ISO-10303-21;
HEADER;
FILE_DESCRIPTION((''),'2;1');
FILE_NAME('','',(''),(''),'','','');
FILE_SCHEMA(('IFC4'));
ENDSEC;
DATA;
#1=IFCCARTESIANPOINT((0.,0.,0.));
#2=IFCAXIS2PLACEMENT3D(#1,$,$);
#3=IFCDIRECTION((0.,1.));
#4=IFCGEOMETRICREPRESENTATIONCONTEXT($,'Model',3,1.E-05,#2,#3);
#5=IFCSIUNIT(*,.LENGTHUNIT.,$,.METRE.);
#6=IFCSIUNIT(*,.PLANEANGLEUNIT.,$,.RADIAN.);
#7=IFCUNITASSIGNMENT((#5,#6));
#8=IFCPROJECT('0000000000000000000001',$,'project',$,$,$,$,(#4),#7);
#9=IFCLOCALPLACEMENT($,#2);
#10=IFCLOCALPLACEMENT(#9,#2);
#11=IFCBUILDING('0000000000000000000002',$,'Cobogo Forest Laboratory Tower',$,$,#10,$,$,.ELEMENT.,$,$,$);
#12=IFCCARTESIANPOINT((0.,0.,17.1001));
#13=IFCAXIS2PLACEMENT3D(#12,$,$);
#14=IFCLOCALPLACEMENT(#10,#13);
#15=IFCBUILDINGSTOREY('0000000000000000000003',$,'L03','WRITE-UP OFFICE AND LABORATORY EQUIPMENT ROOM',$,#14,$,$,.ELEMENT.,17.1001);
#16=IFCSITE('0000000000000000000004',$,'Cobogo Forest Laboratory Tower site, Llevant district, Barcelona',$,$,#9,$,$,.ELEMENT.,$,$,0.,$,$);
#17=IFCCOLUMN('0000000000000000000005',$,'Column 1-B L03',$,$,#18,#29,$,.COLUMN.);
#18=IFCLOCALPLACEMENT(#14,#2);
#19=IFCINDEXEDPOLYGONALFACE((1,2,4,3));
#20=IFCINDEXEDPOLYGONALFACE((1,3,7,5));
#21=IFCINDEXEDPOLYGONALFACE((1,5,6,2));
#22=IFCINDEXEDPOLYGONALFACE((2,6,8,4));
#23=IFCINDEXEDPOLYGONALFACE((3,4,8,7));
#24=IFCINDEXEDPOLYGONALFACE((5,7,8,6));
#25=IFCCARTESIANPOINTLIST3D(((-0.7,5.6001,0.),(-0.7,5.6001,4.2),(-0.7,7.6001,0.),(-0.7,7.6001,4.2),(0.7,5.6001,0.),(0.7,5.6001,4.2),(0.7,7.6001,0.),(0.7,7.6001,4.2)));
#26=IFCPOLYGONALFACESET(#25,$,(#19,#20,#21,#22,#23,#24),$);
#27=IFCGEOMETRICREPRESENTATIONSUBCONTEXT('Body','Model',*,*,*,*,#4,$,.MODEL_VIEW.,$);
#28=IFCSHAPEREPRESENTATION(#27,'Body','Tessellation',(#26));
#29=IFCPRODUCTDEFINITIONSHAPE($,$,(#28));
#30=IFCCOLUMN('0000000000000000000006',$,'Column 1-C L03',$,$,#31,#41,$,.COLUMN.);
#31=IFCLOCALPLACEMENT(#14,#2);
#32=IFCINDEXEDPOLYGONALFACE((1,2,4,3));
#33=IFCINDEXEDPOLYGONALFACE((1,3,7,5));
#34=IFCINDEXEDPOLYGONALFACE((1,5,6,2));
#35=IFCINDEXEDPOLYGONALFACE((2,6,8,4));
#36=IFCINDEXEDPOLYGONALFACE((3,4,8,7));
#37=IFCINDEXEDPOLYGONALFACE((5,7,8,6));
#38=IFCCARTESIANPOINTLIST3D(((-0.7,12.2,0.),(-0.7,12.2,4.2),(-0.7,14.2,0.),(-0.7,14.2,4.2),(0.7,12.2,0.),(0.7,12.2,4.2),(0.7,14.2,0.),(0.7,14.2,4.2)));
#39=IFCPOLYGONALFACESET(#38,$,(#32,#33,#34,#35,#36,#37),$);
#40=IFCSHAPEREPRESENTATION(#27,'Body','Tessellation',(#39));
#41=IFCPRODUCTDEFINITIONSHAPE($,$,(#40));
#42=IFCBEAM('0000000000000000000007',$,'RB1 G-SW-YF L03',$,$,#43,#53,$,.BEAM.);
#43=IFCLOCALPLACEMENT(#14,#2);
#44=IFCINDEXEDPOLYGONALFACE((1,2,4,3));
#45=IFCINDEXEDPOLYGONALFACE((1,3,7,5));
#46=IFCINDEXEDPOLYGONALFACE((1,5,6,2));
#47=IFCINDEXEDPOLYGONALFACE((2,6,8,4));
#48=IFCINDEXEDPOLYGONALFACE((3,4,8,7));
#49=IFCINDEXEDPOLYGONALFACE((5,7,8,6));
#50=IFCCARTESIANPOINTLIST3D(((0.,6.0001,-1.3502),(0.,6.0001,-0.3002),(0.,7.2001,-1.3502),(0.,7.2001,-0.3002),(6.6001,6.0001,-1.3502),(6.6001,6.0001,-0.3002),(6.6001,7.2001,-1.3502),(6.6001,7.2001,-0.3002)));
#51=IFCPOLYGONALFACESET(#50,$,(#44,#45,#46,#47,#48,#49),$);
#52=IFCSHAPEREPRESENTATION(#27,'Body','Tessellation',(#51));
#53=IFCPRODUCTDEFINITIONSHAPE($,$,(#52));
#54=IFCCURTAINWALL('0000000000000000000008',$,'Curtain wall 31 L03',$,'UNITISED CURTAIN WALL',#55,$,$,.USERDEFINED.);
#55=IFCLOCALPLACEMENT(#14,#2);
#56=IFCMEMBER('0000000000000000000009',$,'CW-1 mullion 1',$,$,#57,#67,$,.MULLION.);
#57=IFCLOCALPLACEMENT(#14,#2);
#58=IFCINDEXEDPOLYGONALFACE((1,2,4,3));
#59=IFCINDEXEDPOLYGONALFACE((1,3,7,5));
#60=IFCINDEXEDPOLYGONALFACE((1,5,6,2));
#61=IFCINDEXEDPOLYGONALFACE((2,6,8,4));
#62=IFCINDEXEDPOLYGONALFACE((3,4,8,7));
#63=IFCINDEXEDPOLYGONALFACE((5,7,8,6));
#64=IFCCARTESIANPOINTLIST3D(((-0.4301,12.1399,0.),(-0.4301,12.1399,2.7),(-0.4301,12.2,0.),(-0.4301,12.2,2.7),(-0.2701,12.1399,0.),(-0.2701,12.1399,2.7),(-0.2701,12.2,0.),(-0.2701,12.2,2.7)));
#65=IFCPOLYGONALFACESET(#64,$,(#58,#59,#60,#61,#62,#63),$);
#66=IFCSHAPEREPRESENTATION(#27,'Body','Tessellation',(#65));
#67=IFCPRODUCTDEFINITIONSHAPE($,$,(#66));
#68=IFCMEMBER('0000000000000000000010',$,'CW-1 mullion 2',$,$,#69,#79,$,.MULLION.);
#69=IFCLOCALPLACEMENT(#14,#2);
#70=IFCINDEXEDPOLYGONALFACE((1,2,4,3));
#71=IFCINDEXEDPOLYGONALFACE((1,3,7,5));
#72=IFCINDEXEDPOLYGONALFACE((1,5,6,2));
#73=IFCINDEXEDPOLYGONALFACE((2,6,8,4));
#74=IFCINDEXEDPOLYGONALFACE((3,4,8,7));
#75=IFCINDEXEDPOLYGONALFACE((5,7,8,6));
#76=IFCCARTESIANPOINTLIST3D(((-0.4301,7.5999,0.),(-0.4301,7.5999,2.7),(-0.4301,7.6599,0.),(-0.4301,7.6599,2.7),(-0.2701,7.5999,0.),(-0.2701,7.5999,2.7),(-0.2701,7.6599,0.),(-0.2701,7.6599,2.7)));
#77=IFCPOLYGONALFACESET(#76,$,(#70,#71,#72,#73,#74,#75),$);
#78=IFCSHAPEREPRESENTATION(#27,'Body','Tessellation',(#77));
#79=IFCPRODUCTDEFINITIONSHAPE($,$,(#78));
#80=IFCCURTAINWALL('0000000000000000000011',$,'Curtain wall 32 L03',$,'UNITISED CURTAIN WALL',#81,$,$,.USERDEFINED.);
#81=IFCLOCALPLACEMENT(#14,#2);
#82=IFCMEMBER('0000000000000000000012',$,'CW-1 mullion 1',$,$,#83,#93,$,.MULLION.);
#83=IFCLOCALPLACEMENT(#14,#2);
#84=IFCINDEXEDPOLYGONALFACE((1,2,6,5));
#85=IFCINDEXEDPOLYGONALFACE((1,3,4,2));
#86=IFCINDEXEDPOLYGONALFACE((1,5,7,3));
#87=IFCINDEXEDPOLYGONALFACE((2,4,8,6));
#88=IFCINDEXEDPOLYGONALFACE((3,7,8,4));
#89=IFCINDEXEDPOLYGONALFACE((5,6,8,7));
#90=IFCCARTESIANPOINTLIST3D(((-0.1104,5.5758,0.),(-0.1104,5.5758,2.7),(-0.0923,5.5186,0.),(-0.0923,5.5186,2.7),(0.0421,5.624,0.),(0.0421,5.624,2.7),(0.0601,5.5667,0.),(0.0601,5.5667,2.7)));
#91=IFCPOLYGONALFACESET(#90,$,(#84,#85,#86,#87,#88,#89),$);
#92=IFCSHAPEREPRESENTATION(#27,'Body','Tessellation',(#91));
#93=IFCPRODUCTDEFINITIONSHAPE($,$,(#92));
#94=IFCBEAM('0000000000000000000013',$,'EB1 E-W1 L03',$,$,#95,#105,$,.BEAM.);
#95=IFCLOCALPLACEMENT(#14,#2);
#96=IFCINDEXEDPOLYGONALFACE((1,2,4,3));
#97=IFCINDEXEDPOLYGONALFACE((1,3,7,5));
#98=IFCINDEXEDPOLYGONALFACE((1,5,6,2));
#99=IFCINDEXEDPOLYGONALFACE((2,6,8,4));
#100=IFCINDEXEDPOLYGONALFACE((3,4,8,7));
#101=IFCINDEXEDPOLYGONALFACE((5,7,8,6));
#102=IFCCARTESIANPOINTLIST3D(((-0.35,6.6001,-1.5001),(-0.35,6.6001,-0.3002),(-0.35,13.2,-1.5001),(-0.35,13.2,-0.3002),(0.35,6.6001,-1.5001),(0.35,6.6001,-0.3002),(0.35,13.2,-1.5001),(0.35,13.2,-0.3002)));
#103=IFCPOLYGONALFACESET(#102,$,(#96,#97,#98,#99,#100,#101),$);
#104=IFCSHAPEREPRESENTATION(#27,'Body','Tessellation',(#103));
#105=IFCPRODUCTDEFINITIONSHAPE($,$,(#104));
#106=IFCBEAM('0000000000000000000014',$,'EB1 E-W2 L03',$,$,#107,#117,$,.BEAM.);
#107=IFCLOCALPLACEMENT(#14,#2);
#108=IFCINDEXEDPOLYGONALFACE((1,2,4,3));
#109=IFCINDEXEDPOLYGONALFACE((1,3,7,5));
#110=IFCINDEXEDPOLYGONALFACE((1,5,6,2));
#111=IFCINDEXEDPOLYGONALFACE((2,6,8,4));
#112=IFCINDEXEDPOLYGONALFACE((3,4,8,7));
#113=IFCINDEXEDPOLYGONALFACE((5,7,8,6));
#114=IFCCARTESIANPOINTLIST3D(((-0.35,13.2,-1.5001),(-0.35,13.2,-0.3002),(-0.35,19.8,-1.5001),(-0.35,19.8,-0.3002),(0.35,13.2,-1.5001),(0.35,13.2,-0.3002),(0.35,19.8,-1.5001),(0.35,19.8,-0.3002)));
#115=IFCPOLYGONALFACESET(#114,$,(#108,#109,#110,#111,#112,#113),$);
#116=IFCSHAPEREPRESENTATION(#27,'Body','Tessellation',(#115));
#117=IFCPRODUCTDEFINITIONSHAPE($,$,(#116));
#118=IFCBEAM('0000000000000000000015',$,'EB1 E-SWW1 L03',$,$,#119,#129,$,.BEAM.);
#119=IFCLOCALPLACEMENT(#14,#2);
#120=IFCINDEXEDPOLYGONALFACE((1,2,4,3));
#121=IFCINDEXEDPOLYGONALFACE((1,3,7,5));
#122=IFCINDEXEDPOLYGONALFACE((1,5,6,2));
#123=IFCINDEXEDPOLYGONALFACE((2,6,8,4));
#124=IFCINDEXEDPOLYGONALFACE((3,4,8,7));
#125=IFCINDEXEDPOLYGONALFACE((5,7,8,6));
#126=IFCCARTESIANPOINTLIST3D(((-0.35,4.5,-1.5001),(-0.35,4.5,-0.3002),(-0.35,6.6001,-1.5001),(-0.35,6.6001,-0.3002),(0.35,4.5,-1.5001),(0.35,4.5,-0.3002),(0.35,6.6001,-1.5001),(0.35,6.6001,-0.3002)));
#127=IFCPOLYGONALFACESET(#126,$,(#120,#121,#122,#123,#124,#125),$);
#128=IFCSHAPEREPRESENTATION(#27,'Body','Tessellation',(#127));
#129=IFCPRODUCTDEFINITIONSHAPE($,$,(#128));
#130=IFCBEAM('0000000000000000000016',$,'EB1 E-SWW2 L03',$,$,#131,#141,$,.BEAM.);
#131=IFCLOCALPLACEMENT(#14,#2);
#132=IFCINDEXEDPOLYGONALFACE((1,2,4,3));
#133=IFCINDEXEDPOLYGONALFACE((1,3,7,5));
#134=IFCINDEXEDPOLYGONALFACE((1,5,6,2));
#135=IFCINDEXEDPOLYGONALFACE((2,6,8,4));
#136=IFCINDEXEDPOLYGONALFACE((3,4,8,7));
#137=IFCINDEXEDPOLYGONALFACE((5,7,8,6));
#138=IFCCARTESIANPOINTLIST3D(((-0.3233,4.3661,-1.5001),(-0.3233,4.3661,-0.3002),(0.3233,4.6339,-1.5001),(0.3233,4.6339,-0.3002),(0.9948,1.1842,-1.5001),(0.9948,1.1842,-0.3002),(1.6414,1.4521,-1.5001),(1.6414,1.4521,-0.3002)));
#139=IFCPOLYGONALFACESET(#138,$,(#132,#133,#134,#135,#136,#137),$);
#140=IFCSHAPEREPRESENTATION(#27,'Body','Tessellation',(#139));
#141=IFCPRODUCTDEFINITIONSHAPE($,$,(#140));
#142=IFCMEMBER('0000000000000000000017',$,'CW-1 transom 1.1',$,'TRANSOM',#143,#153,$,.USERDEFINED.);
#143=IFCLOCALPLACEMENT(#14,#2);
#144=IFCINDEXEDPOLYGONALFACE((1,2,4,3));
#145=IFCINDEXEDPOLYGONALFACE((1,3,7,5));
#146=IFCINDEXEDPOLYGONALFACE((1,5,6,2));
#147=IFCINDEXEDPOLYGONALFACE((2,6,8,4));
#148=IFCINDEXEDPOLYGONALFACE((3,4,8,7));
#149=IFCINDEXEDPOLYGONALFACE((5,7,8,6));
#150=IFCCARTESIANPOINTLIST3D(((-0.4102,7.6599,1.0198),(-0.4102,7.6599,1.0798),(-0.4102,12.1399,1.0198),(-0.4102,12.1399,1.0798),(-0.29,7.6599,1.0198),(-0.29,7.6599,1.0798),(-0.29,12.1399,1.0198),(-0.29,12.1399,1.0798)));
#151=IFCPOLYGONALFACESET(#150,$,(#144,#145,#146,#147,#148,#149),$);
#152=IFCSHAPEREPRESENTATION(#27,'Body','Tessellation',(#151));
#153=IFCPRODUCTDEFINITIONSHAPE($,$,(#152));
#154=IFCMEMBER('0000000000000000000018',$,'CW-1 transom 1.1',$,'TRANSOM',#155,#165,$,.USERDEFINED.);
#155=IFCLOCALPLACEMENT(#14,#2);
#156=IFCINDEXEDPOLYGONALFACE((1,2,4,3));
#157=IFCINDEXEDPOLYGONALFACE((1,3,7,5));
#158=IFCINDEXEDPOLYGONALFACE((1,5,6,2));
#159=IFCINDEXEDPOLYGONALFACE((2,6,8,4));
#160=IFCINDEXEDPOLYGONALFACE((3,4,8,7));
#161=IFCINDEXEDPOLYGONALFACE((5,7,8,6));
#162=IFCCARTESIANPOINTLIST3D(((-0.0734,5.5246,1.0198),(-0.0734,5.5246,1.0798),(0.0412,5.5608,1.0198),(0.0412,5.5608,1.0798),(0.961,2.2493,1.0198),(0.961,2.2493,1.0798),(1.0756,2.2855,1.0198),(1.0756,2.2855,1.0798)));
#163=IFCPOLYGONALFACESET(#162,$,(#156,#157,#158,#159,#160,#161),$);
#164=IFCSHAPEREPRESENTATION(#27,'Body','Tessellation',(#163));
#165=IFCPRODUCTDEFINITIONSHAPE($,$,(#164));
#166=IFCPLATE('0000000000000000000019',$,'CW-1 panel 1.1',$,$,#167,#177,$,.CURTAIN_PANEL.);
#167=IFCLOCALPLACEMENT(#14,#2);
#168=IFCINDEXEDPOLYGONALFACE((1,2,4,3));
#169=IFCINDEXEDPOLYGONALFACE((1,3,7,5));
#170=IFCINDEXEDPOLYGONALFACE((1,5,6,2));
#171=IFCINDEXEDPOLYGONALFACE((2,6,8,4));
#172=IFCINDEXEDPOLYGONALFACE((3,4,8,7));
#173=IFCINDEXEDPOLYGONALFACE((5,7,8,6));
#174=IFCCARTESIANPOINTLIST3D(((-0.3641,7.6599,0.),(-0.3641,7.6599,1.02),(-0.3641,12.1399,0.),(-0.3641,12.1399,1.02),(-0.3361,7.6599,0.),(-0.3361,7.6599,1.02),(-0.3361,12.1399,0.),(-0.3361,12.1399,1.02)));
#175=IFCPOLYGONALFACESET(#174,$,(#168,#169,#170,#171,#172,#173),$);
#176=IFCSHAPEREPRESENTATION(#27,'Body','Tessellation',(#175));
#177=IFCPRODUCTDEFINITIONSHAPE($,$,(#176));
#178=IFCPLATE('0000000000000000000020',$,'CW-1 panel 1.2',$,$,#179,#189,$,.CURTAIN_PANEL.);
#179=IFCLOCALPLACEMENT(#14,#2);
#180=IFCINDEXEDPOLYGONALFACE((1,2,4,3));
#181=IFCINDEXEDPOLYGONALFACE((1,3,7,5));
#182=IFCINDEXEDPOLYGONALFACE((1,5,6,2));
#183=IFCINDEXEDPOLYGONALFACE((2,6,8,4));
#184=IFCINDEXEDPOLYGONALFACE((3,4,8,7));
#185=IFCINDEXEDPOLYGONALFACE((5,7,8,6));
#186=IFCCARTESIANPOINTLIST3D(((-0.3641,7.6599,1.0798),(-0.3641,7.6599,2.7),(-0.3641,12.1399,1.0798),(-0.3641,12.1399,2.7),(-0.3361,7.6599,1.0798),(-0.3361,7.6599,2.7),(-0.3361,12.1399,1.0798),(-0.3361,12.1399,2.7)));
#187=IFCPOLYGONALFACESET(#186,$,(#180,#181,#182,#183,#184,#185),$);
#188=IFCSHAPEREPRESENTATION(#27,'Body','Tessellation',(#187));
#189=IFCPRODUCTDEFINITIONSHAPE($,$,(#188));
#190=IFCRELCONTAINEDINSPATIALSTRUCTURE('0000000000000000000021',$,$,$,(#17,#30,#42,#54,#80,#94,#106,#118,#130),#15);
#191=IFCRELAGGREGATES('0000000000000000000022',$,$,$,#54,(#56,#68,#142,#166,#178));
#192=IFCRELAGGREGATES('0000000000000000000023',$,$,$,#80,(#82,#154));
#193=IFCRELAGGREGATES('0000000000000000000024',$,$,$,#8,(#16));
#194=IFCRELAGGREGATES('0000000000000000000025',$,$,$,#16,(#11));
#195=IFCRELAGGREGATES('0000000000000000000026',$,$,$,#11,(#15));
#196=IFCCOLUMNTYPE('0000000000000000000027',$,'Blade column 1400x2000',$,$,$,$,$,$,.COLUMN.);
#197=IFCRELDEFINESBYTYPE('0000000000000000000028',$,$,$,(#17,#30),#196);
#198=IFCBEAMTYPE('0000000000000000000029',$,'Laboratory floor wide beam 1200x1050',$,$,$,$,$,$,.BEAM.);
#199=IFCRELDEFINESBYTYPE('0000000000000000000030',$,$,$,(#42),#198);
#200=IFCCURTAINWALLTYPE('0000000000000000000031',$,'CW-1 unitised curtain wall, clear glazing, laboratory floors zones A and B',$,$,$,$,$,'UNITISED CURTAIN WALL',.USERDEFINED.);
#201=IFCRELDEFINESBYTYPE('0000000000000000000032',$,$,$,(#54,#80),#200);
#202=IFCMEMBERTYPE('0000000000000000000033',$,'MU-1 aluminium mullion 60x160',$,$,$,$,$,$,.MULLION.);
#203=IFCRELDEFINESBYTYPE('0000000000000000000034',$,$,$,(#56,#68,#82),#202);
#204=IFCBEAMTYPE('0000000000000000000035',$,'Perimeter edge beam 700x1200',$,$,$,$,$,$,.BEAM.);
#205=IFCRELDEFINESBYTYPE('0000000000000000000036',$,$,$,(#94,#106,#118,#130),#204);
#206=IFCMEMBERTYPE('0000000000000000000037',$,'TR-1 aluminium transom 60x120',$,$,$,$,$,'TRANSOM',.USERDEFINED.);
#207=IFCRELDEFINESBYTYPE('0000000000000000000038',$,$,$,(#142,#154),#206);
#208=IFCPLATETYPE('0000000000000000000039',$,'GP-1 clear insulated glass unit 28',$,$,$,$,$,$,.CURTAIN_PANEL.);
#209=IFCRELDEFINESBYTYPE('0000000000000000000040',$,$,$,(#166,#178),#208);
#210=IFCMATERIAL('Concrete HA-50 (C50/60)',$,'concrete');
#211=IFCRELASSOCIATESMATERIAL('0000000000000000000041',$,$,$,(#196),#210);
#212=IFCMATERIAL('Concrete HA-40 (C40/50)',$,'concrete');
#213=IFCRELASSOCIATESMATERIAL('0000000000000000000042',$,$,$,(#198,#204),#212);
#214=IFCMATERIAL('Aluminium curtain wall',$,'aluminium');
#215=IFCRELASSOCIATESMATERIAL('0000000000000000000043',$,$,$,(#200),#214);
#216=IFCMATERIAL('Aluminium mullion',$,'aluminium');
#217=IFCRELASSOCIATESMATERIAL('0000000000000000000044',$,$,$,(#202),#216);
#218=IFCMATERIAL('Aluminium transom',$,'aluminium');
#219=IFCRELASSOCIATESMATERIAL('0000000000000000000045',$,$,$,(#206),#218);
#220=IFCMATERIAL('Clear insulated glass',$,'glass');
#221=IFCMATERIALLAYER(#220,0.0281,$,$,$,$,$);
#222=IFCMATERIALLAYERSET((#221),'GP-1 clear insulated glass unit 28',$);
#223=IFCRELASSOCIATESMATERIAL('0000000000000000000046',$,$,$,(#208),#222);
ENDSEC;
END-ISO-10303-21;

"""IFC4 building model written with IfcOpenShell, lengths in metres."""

from ifc_helpers import new_model, si_unit, direction, frame, origin, origin_2d, place, context, subcontext, project, spatial, rectangle, extrude, material, layer, layer_set, material_profile, profile_set, type_object, element, aggregate, save


model = new_model("IFC4")

# Units and contexts
model_context = context("Model", 3, precision=1e-05, world=origin(), true_north=direction((0.0, 1.0)))
body_context = subcontext(model_context, "Body", "Model", "MODEL_VIEW")
ifc_project = project(units=[si_unit("LENGTHUNIT", "METRE"), si_unit("PLANEANGLEUNIT", "RADIAN")], contexts=[model_context])

# Site, building, storey
site_placement = place(None, origin())
site = spatial("IfcSite", under=ifc_project, at=site_placement, Name="Cobogo Forest Laboratory Tower site, Llevant district, Barcelona", CompositionType="ELEMENT", RefElevation=0.0)
building_placement = place(site_placement, origin())
building = spatial("IfcBuilding", under=site, at=building_placement, Name="Cobogo Forest Laboratory Tower", CompositionType="ELEMENT")
storey_placement = place(building_placement, frame((0.0, 0.0, 17.1001)))
storey = spatial("IfcBuildingStorey", under=building, at=storey_placement, Name="L03", Description="WRITE-UP OFFICE AND LABORATORY EQUIPMENT ROOM", CompositionType="ELEMENT", Elevation=17.1001)

# Columns
ifc_material_1 = material(Name="Concrete HA-50 (C50/60)", Category="concrete")
ifc_material_profile_1 = material_profile(ifc_material_1, rectangle(XDim=2.0, YDim=1.3999, at=origin_2d()), Name="RC 1400x2000")
ifc_profile_set_1 = profile_set([ifc_material_profile_1], Name="Concrete HA-50 (C50/60)")
column_type = type_object("IfcColumnType", Name="Blade column 1400x2000", PredefinedType="COLUMN", material=ifc_profile_set_1)
for number, where, z_axis, x_axis, name in (
    (1, (0.0, 6.6001, 0.0), (0.0, 0.0, 1.0), (0.0, 1.0, 0.0), "Column 1-B L03"),
    (2, (0.0, 13.2, 0.0), (0.0, 0.0, 1.0), (0.0, 1.0, 0.0), "Column 1-C L03"),
):
    element("IfcColumn", number, at=place(storey_placement, frame(where, z_axis=z_axis, x_axis=x_axis)), inside=storey, type_object=column_type, Name=name, PredefinedType="COLUMN", context=body_context, shape_type="SweptSolid", body=[
        extrude(rectangle(XDim=2.0, YDim=1.3999, at=origin_2d()), origin(), (0.0, 0.0, 1.0), 4.2),
    ])

# Beam
ifc_material_2 = material(Name="Concrete HA-40 (C40/50)", Category="concrete")
ifc_material_profile_2 = material_profile(ifc_material_2, rectangle(XDim=1.2, YDim=1.05, at=origin_2d()), Name="RC 1200x1050")
ifc_profile_set_2 = profile_set([ifc_material_profile_2], Name="Concrete HA-40 (C40/50)")
beam_type_1 = type_object("IfcBeamType", Name="Laboratory floor wide beam 1200x1050", PredefinedType="BEAM", material=ifc_profile_set_2)
beam_1_placement = place(storey_placement, frame((0.0, 6.6001, -0.8252), z_axis=(1.0, 0.0, 0.0), x_axis=(0.0, 1.0, 0.0)))
element("IfcBeam", 3, at=beam_1_placement, inside=storey, type_object=beam_type_1, Name="RB1 G-SW-YF L03", PredefinedType="BEAM", context=body_context, shape_type="SweptSolid", body=[
    extrude(rectangle(XDim=1.2, YDim=1.05, at=origin_2d()), origin(), (0.0, 0.0, 1.0), 6.6001),
])

# Curtain wall, members
ifc_material_3 = material(Name="Aluminium curtain wall", Category="aluminium")
curtain_wall_type = type_object("IfcCurtainWallType", Name="CW-1 unitised curtain wall, clear glazing, laboratory floors zones A and B", ElementType="UNITISED CURTAIN WALL", PredefinedType="USERDEFINED", material=ifc_material_3)
curtain_wall_1_placement = place(storey_placement, origin())
curtain_wall_1 = element("IfcCurtainWall", 4, at=curtain_wall_1_placement, inside=storey, type_object=curtain_wall_type, Name="Curtain wall 31 L03", ObjectType="UNITISED CURTAIN WALL", PredefinedType="USERDEFINED")
ifc_material_4 = material(Name="Aluminium mullion", Category="aluminium")
ifc_material_profile_3 = material_profile(ifc_material_4, rectangle(XDim=0.0601, YDim=0.1599, at=origin_2d()), Name="AL 60x160")
ifc_profile_set_3 = profile_set([ifc_material_profile_3], Name="Aluminium mullion")
member_type_1 = type_object("IfcMemberType", Name="MU-1 aluminium mullion 60x160", PredefinedType="MULLION", material=ifc_profile_set_3)
member_1_placement = place(storey_placement, frame((-0.3501, 12.1699, 0.0), z_axis=(0.0, 0.0, 1.0), x_axis=(0.0, -1.0, 0.0)))
member_1 = element("IfcMember", 5, at=member_1_placement, type_object=member_type_1, Name="CW-1 mullion 1", PredefinedType="MULLION", context=body_context, shape_type="SweptSolid", body=[
    extrude(rectangle(XDim=0.0601, YDim=0.1599, at=origin_2d()), origin(), (0.0, 0.0, 1.0), 2.7),
])
member_2_placement = place(storey_placement, frame((-0.3501, 7.6299, 0.0), z_axis=(0.0, 0.0, 1.0), x_axis=(0.0, -1.0, 0.0)))
member_2 = element("IfcMember", 6, at=member_2_placement, type_object=member_type_1, Name="CW-1 mullion 2", PredefinedType="MULLION", context=body_context, shape_type="SweptSolid", body=[
    extrude(rectangle(XDim=0.0601, YDim=0.1599, at=origin_2d()), origin(), (0.0, 0.0, 1.0), 2.7),
])

# Curtain wall, member
curtain_wall_2_placement = place(storey_placement, origin())
curtain_wall_2 = element("IfcCurtainWall", 7, at=curtain_wall_2_placement, inside=storey, type_object=curtain_wall_type, Name="Curtain wall 32 L03", ObjectType="UNITISED CURTAIN WALL", PredefinedType="USERDEFINED")
member_3_placement = place(storey_placement, frame((-0.0251, 5.5713, 0.0), z_axis=(0.0, 0.0, 1.0), x_axis=(0.301135, -0.953581, 0.0)))
member_3 = element("IfcMember", 8, at=member_3_placement, type_object=member_type_1, Name="CW-1 mullion 1", PredefinedType="MULLION", context=body_context, shape_type="SweptSolid", body=[
    extrude(rectangle(XDim=0.0601, YDim=0.1599, at=origin_2d()), origin(), (0.0, 0.0, 1.0), 2.7),
])

# Beams
ifc_material_profile_4 = material_profile(ifc_material_2, rectangle(XDim=0.7, YDim=1.2, at=origin_2d()), Name="RC 700x1200")
ifc_profile_set_4 = profile_set([ifc_material_profile_4], Name="Concrete HA-40 (C40/50)")
beam_type_2 = type_object("IfcBeamType", Name="Perimeter edge beam 700x1200", PredefinedType="BEAM", material=ifc_profile_set_4)
beam_2_placement = place(storey_placement, frame((0.0, 6.6001, -0.9001), z_axis=(0.0, 1.0, 0.0), x_axis=(-1.0, 0.0, 0.0)))
element("IfcBeam", 9, at=beam_2_placement, inside=storey, type_object=beam_type_2, Name="EB1 E-W1 L03", PredefinedType="BEAM", context=body_context, shape_type="SweptSolid", body=[
    extrude(rectangle(XDim=0.7, YDim=1.2, at=origin_2d()), origin(), (0.0, 0.0, 1.0), 6.5999),
])
beam_3_placement = place(storey_placement, frame((0.0, 13.2, -0.9001), z_axis=(0.0, 1.0, 0.0), x_axis=(-1.0, 0.0, 0.0)))
element("IfcBeam", 10, at=beam_3_placement, inside=storey, type_object=beam_type_2, Name="EB1 E-W2 L03", PredefinedType="BEAM", context=body_context, shape_type="SweptSolid", body=[
    extrude(rectangle(XDim=0.7, YDim=1.2, at=origin_2d()), origin(), (0.0, 0.0, 1.0), 6.6001),
])
beam_4_placement = place(storey_placement, frame((0.0, 6.6001, -0.9001), z_axis=(0.0, -1.0, 0.0), x_axis=(1.0, 0.0, 0.0)))
element("IfcBeam", 11, at=beam_4_placement, inside=storey, type_object=beam_type_2, Name="EB1 E-SWW1 L03", PredefinedType="BEAM", context=body_context, shape_type="SweptSolid", body=[
    extrude(rectangle(XDim=0.7, YDim=1.2, at=origin_2d()), origin(), (0.0, 0.0, 1.0), 2.1001),
])
beam_5_placement = place(storey_placement, frame((0.0, 4.5, -0.9001), z_axis=(0.382717, -0.923866, 0.0), x_axis=(0.923866, 0.382717, 0.0)))
element("IfcBeam", 12, at=beam_5_placement, inside=storey, type_object=beam_type_2, Name="EB1 E-SWW2 L03", PredefinedType="BEAM", context=body_context, shape_type="SweptSolid", body=[
    extrude(rectangle(XDim=0.7, YDim=1.2, at=origin_2d()), origin(), (0.0, 0.0, 1.0), 3.4441),
])

# Members
ifc_material_5 = material(Name="Aluminium transom", Category="aluminium")
ifc_material_profile_5 = material_profile(ifc_material_5, rectangle(XDim=0.1201, YDim=0.0601, at=origin_2d()), Name="AL 60x120")
ifc_profile_set_5 = profile_set([ifc_material_profile_5], Name="Aluminium transom")
member_type_2 = type_object("IfcMemberType", Name="TR-1 aluminium transom 60x120", ElementType="TRANSOM", PredefinedType="USERDEFINED", material=ifc_profile_set_5)
member_4_placement = place(storey_placement, frame((-0.3501, 12.1399, 1.0498), z_axis=(0.0, -1.0, 0.0), x_axis=(1.0, 0.0, 0.0)))
member_4 = element("IfcMember", 13, at=member_4_placement, type_object=member_type_2, Name="CW-1 transom 1.1", ObjectType="TRANSOM", PredefinedType="USERDEFINED", context=body_context, shape_type="SweptSolid", body=[
    extrude(rectangle(XDim=0.1201, YDim=0.0601, at=origin_2d()), origin(), (0.0, 0.0, 1.0), 4.48),
])
member_5_placement = place(storey_placement, frame((-0.0161, 5.5427, 1.0498), z_axis=(0.301155, -0.953575, 0.0), x_axis=(0.953575, 0.301155, 0.0)))
member_5 = element("IfcMember", 14, at=member_5_placement, type_object=member_type_2, Name="CW-1 transom 1.1", ObjectType="TRANSOM", PredefinedType="USERDEFINED", context=body_context, shape_type="SweptSolid", body=[
    extrude(rectangle(XDim=0.1201, YDim=0.0601, at=origin_2d()), origin(), (0.0, 0.0, 1.0), 3.4348),
])

# Plates
ifc_material_6 = material(Name="Clear insulated glass", Category="glass")
ifc_layer_1 = layer(ifc_material_6, 0.0281)
ifc_layer_set_1 = layer_set([ifc_layer_1], Name="GP-1 clear insulated glass unit 28")
plate_type_1 = type_object("IfcPlateType", Name="GP-1 clear insulated glass unit 28", PredefinedType="CURTAIN_PANEL", material=ifc_layer_set_1)
plate_1_placement = place(storey_placement, frame((-0.3501, 9.8999, 0.0), z_axis=(0.0, 0.0, 1.0), x_axis=(0.0, -1.0, 0.0)))
plate_1 = element("IfcPlate", 15, at=plate_1_placement, type_object=plate_type_1, Name="CW-1 panel 1.1", PredefinedType="CURTAIN_PANEL", context=body_context, shape_type="SweptSolid", body=[
    extrude(rectangle(XDim=4.48, YDim=0.0281, at=origin_2d()), origin(), (0.0, 0.0, 1.0), 1.02),
])
plate_2_placement = place(storey_placement, frame((-0.3501, 9.8999, 1.0798), z_axis=(0.0, 0.0, 1.0), x_axis=(0.0, -1.0, 0.0)))
plate_2 = element("IfcPlate", 16, at=plate_2_placement, type_object=plate_type_1, Name="CW-1 panel 1.2", PredefinedType="CURTAIN_PANEL", context=body_context, shape_type="SweptSolid", body=[
    extrude(rectangle(XDim=4.48, YDim=0.0281, at=origin_2d()), origin(), (0.0, 0.0, 1.0), 1.6201),
])
aggregate(curtain_wall_1, [member_1, member_2, member_4, plate_1, plate_2])
aggregate(curtain_wall_2, [member_3, member_5])

save(model, "model.ifc")
